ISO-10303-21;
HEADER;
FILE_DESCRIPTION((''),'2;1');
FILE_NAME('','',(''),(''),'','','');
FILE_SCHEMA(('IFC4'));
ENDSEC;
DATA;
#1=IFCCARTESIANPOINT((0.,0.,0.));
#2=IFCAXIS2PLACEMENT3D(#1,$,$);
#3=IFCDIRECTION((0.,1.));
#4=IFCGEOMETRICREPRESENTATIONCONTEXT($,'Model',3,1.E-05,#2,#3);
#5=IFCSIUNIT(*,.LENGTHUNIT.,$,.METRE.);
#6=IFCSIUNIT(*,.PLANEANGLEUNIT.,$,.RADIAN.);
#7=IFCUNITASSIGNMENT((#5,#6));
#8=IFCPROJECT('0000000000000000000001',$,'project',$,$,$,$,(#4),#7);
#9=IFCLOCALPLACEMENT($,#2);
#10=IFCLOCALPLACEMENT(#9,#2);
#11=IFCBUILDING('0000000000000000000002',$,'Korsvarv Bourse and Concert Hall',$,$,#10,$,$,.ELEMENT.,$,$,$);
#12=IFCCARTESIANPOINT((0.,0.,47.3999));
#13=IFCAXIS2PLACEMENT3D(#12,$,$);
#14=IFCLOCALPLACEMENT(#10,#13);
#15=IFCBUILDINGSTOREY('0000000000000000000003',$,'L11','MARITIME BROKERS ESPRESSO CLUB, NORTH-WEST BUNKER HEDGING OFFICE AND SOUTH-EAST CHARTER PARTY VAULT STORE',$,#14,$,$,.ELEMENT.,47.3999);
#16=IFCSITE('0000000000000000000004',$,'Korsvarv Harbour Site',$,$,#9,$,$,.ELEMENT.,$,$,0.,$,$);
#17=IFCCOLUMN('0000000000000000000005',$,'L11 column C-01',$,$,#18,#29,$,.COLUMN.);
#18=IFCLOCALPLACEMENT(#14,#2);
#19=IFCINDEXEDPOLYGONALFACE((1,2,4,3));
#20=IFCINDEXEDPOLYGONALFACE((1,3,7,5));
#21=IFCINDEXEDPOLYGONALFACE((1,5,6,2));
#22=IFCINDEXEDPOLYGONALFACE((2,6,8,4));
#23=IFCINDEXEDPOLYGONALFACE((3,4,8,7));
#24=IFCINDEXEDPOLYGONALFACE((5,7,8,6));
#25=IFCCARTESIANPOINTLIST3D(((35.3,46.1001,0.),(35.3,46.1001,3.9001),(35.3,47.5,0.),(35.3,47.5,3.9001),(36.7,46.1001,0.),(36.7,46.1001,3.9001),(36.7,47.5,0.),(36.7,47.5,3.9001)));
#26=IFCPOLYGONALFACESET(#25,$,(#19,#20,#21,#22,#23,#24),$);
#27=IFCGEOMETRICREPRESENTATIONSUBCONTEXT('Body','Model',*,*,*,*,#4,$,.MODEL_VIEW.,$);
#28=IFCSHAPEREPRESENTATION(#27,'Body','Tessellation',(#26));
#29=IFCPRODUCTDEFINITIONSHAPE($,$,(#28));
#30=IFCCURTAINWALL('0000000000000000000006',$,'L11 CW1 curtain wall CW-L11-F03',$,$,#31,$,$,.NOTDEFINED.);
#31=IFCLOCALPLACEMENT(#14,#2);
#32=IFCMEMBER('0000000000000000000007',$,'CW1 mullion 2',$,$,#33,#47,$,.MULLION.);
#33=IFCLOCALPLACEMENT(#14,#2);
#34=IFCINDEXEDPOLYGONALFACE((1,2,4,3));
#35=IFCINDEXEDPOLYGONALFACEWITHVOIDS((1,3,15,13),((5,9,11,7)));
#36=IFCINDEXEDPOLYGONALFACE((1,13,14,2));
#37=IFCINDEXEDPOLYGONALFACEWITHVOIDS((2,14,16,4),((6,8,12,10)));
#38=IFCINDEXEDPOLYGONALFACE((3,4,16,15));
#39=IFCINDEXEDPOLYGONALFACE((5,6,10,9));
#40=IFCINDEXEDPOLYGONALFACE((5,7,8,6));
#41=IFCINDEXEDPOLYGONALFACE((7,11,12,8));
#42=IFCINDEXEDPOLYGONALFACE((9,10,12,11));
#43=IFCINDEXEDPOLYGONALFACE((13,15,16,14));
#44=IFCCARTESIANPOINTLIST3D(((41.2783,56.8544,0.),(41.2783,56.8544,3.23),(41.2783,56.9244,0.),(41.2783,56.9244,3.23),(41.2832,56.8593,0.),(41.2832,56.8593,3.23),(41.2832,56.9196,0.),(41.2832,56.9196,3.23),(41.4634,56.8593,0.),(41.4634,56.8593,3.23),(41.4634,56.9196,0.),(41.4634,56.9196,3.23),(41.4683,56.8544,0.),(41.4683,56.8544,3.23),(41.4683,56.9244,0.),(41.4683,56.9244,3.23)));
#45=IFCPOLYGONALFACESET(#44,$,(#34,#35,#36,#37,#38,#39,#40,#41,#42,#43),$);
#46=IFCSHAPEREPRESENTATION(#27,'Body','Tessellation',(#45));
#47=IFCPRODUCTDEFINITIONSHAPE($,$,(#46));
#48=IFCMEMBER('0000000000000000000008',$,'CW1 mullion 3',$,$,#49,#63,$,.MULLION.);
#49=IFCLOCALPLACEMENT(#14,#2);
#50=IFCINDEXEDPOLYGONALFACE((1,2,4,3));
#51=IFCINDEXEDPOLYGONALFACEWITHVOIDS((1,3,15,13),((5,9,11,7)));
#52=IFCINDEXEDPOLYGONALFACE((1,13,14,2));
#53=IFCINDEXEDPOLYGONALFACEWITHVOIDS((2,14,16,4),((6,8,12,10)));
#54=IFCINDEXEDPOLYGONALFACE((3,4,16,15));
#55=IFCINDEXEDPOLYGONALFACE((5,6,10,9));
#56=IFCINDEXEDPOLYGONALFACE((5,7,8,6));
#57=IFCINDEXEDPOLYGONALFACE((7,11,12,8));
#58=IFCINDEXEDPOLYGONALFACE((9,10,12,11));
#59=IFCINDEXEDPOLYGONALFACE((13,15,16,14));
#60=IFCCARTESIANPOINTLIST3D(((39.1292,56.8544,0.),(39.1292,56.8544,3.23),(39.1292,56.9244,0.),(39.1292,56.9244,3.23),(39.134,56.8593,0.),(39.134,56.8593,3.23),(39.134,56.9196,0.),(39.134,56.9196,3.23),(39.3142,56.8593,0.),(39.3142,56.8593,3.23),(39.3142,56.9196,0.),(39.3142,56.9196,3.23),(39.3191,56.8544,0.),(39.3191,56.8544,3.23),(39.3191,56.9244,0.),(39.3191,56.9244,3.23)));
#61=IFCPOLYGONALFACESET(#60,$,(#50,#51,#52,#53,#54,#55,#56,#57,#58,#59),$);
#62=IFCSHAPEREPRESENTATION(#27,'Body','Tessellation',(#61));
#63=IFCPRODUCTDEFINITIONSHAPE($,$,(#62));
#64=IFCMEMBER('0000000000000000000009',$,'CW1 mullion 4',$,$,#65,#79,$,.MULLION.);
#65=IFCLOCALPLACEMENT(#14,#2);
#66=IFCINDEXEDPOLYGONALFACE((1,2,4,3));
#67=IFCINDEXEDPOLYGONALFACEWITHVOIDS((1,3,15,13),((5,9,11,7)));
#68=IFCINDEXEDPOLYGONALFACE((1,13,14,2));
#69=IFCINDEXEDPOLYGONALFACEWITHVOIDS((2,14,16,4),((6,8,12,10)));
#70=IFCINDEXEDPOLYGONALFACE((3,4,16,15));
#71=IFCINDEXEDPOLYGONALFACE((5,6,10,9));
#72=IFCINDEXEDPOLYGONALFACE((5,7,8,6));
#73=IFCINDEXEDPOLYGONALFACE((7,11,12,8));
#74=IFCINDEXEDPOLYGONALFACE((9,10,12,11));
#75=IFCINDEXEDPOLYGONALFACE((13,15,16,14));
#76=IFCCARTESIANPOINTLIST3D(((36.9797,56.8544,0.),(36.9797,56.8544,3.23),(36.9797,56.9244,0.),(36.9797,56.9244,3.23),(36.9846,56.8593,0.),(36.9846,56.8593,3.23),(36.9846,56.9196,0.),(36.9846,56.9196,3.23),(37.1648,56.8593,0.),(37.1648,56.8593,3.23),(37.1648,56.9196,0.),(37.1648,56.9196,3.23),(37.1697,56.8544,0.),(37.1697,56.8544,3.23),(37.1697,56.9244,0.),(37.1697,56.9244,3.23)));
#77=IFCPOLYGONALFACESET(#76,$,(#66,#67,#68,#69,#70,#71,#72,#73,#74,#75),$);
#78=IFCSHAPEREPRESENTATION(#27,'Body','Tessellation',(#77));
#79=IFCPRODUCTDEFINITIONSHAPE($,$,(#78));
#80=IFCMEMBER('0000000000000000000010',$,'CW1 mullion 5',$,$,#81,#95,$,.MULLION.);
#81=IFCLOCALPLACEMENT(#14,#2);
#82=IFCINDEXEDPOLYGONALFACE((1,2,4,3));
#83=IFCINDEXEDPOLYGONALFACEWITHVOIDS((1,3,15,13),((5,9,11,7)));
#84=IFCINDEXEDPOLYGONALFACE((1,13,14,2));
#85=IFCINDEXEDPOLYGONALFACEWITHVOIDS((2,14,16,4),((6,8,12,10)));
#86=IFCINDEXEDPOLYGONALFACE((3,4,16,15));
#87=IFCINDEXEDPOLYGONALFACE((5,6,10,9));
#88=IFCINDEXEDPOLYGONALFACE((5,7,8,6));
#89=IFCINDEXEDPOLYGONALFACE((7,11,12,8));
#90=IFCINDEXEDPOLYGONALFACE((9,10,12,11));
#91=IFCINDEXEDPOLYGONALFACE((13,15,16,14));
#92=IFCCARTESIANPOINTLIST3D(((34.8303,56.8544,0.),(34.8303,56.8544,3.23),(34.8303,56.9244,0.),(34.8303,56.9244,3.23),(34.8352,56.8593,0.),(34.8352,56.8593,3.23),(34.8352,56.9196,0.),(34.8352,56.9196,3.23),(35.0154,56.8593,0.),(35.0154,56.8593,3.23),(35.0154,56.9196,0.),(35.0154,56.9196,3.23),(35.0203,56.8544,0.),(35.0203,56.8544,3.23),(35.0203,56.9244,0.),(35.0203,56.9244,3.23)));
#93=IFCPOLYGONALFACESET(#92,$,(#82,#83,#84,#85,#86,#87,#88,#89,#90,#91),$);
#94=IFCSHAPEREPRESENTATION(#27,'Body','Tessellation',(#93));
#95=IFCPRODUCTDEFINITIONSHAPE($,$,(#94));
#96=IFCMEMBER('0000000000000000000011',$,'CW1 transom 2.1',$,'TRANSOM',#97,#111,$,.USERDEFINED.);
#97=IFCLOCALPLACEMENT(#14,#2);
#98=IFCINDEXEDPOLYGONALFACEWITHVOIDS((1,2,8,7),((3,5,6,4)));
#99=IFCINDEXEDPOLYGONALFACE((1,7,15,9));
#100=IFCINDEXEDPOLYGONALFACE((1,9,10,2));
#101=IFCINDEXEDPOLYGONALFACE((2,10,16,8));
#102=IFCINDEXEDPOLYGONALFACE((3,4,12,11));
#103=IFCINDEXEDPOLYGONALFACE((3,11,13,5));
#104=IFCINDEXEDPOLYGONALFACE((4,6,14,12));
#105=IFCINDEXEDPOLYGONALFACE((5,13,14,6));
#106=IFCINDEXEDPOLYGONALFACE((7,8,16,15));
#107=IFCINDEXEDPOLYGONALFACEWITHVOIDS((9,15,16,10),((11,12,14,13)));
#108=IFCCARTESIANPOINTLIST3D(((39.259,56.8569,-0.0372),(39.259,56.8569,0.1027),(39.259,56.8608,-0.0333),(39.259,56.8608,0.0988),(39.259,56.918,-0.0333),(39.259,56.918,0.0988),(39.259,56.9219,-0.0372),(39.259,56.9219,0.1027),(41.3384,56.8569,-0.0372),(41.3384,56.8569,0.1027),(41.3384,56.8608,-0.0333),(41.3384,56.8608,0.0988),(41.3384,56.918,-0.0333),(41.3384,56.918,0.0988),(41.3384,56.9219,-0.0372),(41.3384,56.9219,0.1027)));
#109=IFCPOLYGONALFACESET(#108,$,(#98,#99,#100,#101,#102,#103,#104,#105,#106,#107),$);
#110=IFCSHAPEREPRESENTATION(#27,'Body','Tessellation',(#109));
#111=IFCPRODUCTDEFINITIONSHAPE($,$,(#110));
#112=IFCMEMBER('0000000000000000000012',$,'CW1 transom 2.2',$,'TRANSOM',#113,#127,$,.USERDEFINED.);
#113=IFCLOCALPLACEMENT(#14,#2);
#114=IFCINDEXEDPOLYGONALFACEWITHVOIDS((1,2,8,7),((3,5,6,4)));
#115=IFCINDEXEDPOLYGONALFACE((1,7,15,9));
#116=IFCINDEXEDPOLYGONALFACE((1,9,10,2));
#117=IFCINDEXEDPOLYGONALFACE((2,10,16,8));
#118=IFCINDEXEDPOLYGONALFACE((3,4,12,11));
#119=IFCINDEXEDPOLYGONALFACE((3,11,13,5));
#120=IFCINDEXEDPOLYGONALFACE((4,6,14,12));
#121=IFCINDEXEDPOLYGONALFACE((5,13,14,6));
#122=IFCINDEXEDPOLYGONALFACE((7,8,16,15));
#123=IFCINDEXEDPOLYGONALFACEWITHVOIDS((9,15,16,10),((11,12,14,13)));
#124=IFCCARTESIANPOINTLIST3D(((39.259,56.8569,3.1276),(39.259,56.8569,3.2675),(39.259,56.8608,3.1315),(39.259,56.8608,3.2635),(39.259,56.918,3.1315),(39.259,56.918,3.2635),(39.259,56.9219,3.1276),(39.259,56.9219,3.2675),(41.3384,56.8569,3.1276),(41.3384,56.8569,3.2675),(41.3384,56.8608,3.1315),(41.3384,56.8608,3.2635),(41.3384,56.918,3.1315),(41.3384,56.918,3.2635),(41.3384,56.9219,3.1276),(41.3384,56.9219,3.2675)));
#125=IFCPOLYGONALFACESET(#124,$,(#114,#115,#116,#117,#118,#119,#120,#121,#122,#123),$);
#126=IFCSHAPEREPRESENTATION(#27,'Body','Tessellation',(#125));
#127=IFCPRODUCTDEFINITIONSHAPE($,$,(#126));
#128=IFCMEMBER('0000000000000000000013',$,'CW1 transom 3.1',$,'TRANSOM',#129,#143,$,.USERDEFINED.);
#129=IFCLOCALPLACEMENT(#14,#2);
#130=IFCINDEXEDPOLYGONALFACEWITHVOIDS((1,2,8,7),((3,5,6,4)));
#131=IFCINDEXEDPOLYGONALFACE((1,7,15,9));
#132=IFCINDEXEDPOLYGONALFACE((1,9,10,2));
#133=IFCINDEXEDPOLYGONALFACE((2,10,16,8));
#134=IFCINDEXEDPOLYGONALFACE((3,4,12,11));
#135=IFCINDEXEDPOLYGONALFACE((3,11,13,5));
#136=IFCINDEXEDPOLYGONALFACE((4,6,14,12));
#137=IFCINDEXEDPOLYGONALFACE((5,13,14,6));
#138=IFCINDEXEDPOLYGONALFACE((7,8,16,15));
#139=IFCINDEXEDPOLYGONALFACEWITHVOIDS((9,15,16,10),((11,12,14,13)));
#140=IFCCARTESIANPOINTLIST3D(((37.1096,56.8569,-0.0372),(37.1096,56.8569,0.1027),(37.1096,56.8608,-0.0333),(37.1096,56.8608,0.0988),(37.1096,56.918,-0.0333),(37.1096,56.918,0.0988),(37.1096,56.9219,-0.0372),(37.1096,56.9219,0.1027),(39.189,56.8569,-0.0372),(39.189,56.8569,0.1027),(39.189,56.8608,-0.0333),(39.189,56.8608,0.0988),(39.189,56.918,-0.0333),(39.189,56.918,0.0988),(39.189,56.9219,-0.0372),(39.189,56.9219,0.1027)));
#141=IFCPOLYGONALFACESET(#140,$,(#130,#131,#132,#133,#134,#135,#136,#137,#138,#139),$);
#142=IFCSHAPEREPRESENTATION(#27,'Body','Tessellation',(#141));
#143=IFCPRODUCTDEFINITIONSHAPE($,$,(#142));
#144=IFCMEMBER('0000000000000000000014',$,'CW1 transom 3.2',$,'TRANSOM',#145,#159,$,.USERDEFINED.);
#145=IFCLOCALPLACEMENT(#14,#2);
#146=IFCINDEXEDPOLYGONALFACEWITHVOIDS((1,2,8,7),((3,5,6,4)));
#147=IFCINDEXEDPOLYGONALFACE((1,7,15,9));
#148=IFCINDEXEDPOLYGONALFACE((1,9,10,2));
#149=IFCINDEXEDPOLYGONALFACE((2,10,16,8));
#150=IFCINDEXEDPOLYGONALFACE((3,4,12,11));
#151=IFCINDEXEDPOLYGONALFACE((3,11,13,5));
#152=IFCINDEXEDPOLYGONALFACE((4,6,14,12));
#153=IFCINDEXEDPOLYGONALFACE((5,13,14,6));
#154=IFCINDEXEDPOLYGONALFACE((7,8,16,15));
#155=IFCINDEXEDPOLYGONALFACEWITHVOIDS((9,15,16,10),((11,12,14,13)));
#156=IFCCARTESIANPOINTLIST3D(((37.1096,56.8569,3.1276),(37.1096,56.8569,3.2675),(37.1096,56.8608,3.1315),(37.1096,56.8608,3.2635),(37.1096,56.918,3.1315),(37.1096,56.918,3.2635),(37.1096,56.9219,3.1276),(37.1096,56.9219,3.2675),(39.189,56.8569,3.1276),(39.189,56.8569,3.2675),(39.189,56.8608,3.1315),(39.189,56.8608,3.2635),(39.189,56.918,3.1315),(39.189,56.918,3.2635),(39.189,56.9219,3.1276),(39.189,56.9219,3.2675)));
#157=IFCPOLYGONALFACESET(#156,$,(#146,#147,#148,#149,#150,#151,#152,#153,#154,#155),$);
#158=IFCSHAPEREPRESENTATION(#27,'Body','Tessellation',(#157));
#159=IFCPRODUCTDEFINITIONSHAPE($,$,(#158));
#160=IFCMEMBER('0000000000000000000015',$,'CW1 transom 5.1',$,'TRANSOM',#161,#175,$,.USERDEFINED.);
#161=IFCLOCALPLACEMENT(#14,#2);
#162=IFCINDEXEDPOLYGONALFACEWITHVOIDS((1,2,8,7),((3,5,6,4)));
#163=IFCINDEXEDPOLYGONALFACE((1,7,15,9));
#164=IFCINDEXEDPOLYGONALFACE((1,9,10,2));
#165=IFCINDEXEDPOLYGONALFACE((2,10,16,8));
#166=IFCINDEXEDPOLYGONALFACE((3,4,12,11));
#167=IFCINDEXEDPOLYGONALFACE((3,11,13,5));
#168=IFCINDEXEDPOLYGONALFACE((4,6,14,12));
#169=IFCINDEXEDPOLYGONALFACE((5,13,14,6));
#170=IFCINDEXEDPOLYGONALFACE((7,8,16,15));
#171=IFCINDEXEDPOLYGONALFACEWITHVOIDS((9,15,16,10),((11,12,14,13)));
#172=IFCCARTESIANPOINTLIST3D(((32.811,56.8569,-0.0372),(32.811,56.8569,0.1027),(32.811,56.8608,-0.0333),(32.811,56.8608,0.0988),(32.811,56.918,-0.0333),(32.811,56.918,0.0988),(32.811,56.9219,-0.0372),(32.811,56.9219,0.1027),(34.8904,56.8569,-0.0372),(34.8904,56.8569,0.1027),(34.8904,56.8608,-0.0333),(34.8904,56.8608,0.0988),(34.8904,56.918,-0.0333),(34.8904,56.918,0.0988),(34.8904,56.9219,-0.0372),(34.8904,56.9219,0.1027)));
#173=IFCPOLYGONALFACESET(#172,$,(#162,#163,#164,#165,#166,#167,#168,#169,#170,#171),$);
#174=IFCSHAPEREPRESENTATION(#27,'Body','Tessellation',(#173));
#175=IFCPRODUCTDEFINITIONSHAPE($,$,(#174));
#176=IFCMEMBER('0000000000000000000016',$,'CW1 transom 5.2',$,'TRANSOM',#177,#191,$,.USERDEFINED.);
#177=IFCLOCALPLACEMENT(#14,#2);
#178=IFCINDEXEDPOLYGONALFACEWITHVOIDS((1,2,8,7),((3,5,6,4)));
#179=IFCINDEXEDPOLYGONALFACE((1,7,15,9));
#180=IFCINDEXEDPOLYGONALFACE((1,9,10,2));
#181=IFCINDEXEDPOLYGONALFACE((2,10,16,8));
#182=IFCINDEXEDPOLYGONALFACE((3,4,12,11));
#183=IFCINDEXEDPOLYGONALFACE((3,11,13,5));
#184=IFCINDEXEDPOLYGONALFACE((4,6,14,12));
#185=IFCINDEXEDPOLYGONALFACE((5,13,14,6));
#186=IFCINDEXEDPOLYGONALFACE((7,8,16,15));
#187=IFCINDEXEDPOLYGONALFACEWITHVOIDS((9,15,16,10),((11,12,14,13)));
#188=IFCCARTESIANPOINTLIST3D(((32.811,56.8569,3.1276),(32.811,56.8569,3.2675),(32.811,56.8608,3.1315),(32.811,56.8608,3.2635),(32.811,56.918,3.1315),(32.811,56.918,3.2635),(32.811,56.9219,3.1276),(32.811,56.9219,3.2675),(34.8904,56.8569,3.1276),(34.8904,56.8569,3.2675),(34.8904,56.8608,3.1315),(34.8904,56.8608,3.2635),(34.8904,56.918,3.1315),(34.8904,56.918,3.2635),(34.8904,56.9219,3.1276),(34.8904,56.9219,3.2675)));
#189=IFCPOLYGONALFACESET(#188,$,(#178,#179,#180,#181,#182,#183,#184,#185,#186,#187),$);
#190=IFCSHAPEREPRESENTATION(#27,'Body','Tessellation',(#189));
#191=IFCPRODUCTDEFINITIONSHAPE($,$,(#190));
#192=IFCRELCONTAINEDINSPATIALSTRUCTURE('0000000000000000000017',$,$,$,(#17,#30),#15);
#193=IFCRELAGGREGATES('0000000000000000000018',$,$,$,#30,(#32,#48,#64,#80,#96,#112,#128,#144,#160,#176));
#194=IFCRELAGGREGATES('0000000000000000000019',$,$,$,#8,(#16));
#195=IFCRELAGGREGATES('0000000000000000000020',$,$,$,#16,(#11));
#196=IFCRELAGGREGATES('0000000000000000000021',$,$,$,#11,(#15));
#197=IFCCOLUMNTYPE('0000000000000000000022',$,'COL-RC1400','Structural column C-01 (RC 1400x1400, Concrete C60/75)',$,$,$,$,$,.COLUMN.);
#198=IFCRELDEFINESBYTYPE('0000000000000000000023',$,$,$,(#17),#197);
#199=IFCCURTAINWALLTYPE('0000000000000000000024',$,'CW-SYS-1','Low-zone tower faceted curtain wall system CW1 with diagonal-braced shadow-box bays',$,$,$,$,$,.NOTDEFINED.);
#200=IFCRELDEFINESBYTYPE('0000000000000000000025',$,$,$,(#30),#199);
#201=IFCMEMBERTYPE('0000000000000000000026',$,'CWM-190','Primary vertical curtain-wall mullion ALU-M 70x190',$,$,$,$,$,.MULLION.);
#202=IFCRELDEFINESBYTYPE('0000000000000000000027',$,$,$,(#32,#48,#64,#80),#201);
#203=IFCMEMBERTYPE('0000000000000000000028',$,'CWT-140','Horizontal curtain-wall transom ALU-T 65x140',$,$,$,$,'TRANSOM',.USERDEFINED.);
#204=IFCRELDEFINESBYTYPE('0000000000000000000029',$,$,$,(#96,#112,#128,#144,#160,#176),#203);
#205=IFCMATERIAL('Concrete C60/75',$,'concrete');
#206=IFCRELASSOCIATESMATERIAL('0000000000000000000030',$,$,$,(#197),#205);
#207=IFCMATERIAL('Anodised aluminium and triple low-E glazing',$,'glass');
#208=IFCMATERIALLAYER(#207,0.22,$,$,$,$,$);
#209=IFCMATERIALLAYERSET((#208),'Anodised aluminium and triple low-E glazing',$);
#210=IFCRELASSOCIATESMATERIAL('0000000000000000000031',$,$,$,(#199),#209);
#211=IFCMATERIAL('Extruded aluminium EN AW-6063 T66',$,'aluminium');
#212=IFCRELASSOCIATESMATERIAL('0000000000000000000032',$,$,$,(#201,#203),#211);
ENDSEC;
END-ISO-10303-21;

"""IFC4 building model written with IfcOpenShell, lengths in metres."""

from ifc_helpers import new_model, si_unit, direction, frame, origin, origin_2d, place, context, subcontext, project, spatial, rectangle, hollow_rectangle, extrude, source, transform, mapped, material, layer, layer_set, material_profile, profile_set, type_object, element, aggregate, save


model = new_model("IFC4")

# Units and contexts
model_context = context("Model", 3, precision=1e-05, world=origin(), true_north=direction((0.0, 1.0)))
body_context = subcontext(model_context, "Body", "Model", "MODEL_VIEW")
ifc_project = project(units=[si_unit("LENGTHUNIT", "METRE"), si_unit("PLANEANGLEUNIT", "RADIAN")], contexts=[model_context])

# Site, building, storey
site_placement = place(None, origin())
site = spatial("IfcSite", under=ifc_project, at=site_placement, Name="Korsvarv Harbour Site", CompositionType="ELEMENT", RefElevation=0.0)
building_placement = place(site_placement, origin())
building = spatial("IfcBuilding", under=site, at=building_placement, Name="Korsvarv Bourse and Concert Hall", CompositionType="ELEMENT")
storey_placement = place(building_placement, frame((0.0, 0.0, 47.3999)))
storey = spatial("IfcBuildingStorey", under=building, at=storey_placement, Name="L11", Description="MARITIME BROKERS ESPRESSO CLUB, NORTH-WEST BUNKER HEDGING OFFICE AND SOUTH-EAST CHARTER PARTY VAULT STORE", CompositionType="ELEMENT", Elevation=47.3999)

# Column
ifc_material_1 = material(Name="Concrete C60/75", Category="concrete")
ifc_material_profile_1 = material_profile(ifc_material_1, rectangle(XDim=1.3999, YDim=1.3999, at=origin_2d()), Name="RC 1400x1400")
ifc_profile_set_1 = profile_set([ifc_material_profile_1], Name="Concrete C60/75")
column_type = type_object("IfcColumnType", Name="COL-RC1400", Description="Structural column C-01 (RC 1400x1400, Concrete C60/75)", PredefinedType="COLUMN", material=ifc_profile_set_1)
shared_shape_1 = source(origin(), body_context, "Body", "SweptSolid", [
    extrude(rectangle(XDim=1.3999, YDim=1.3999, at=origin_2d()), origin(), (0.0, 0.0, 1.0), 3.9001),
])
column_placement = place(storey_placement, frame((36.0, 46.8, 0.0), z_axis=(0.0, 0.0, 1.0), x_axis=(1.0, 0.0, 0.0)))
element("IfcColumn", 1, at=column_placement, inside=storey, type_object=column_type, Name="L11 column C-01", PredefinedType="COLUMN", context=body_context, shape_type="MappedRepresentation", body=[
    mapped(shared_shape_1, transform((0.0, 0.0, 0.0), scale=1.0)),
])

# Curtain wall, members
ifc_material_2 = material(Name="Anodised aluminium and triple low-E glazing", Category="glass")
ifc_layer_1 = layer(ifc_material_2, 0.22)
ifc_layer_set_1 = layer_set([ifc_layer_1], Name="Anodised aluminium and triple low-E glazing")
curtain_wall_type = type_object("IfcCurtainWallType", Name="CW-SYS-1", Description="Low-zone tower faceted curtain wall system CW1 with diagonal-braced shadow-box bays", PredefinedType="NOTDEFINED", material=ifc_layer_set_1)
curtain_wall_placement = place(storey_placement, origin())
curtain_wall = element("IfcCurtainWall", 2, at=curtain_wall_placement, inside=storey, type_object=curtain_wall_type, Name="L11 CW1 curtain wall CW-L11-F03", PredefinedType="NOTDEFINED")
ifc_material_3 = material(Name="Extruded aluminium EN AW-6063 T66", Category="aluminium")
ifc_material_profile_2 = material_profile(ifc_material_3, hollow_rectangle(XDim=0.0701, YDim=0.1899, WallThickness=0.0049, at=origin_2d()), Name="ALU-M 70x190")
ifc_profile_set_2 = profile_set([ifc_material_profile_2], Name="Extruded aluminium EN AW-6063 T66")
member_type_1 = type_object("IfcMemberType", Name="CWM-190", Description="Primary vertical curtain-wall mullion ALU-M 70x190", PredefinedType="MULLION", material=ifc_profile_set_2)
shared_shape_2 = source(origin(), body_context, "Body", "SweptSolid", [
    extrude(hollow_rectangle(XDim=0.0701, YDim=0.1899, WallThickness=0.0049, at=origin_2d()), origin(), (0.0, 0.0, 1.0), 3.23),
])
member_1_placement = place(storey_placement, frame((41.3733, 56.8894, 0.0), z_axis=(0.0, 0.0, 1.0), x_axis=(0.0, -1.0, 0.0)))
member_1 = element("IfcMember", 3, at=member_1_placement, type_object=member_type_1, Name="CW1 mullion 2", PredefinedType="MULLION", context=body_context, shape_type="MappedRepresentation", body=[
    mapped(shared_shape_2, transform((0.0, 0.0, 0.0), scale=1.0)),
])
member_2_placement = place(storey_placement, frame((39.2241, 56.8894, 0.0), z_axis=(0.0, 0.0, 1.0), x_axis=(0.0, -1.0, 0.0)))
member_2 = element("IfcMember", 4, at=member_2_placement, type_object=member_type_1, Name="CW1 mullion 3", PredefinedType="MULLION", context=body_context, shape_type="MappedRepresentation", body=[
    mapped(shared_shape_2, transform((0.0, 0.0, 0.0), scale=1.0)),
])
member_3_placement = place(storey_placement, frame((37.0747, 56.8894, 0.0), z_axis=(0.0, 0.0, 1.0), x_axis=(0.0, -1.0, 0.0)))
member_3 = element("IfcMember", 5, at=member_3_placement, type_object=member_type_1, Name="CW1 mullion 4", PredefinedType="MULLION", context=body_context, shape_type="MappedRepresentation", body=[
    mapped(shared_shape_2, transform((0.0, 0.0, 0.0), scale=1.0)),
])
member_4_placement = place(storey_placement, frame((34.9253, 56.8894, 0.0), z_axis=(0.0, 0.0, 1.0), x_axis=(0.0, -1.0, 0.0)))
member_4 = element("IfcMember", 6, at=member_4_placement, type_object=member_type_1, Name="CW1 mullion 5", PredefinedType="MULLION", context=body_context, shape_type="MappedRepresentation", body=[
    mapped(shared_shape_2, transform((0.0, 0.0, 0.0), scale=1.0)),
])
ifc_material_profile_3 = material_profile(ifc_material_3, hollow_rectangle(XDim=0.0649, YDim=0.1399, WallThickness=0.0039, at=origin_2d()), Name="ALU-T 65x140")
ifc_profile_set_3 = profile_set([ifc_material_profile_3], Name="Extruded aluminium EN AW-6063 T66")
member_type_2 = type_object("IfcMemberType", Name="CWT-140", Description="Horizontal curtain-wall transom ALU-T 65x140", ElementType="TRANSOM", PredefinedType="USERDEFINED", material=ifc_profile_set_3)
shared_shape_3 = source(origin(), body_context, "Body", "SweptSolid", [
    extrude(hollow_rectangle(XDim=0.0649, YDim=0.1399, WallThickness=0.0039, at=origin_2d()), origin(), (0.0, 0.0, 1.0), 2.0793),
])
member_5_placement = place(storey_placement, frame((41.3384, 56.8894, 0.0327), z_axis=(-1.0, 0.0, 0.0), x_axis=(0.0, -1.0, 0.0)))
member_5 = element("IfcMember", 7, at=member_5_placement, type_object=member_type_2, Name="CW1 transom 2.1", ObjectType="TRANSOM", PredefinedType="USERDEFINED", context=body_context, shape_type="MappedRepresentation", body=[
    mapped(shared_shape_3, transform((0.0, 0.0, 0.0), scale=1.0)),
])
member_6_placement = place(storey_placement, frame((41.3384, 56.8894, 3.1975), z_axis=(-1.0, 0.0, 0.0), x_axis=(0.0, -1.0, 0.0)))
member_6 = element("IfcMember", 8, at=member_6_placement, type_object=member_type_2, Name="CW1 transom 2.2", ObjectType="TRANSOM", PredefinedType="USERDEFINED", context=body_context, shape_type="MappedRepresentation", body=[
    mapped(shared_shape_3, transform((0.0, 0.0, 0.0), scale=1.0)),
])
member_7_placement = place(storey_placement, frame((39.189, 56.8894, 0.0327), z_axis=(-1.0, 0.0, 0.0), x_axis=(0.0, -1.0, 0.0)))
member_7 = element("IfcMember", 9, at=member_7_placement, type_object=member_type_2, Name="CW1 transom 3.1", ObjectType="TRANSOM", PredefinedType="USERDEFINED", context=body_context, shape_type="MappedRepresentation", body=[
    mapped(shared_shape_3, transform((0.0, 0.0, 0.0), scale=1.0)),
])
member_8_placement = place(storey_placement, frame((39.189, 56.8894, 3.1975), z_axis=(-1.0, 0.0, 0.0), x_axis=(0.0, -1.0, 0.0)))
member_8 = element("IfcMember", 10, at=member_8_placement, type_object=member_type_2, Name="CW1 transom 3.2", ObjectType="TRANSOM", PredefinedType="USERDEFINED", context=body_context, shape_type="MappedRepresentation", body=[
    mapped(shared_shape_3, transform((0.0, 0.0, 0.0), scale=1.0)),
])
member_9_placement = place(storey_placement, frame((34.8904, 56.8894, 0.0327), z_axis=(-1.0, 0.0, 0.0), x_axis=(0.0, -1.0, 0.0)))
member_9 = element("IfcMember", 11, at=member_9_placement, type_object=member_type_2, Name="CW1 transom 5.1", ObjectType="TRANSOM", PredefinedType="USERDEFINED", context=body_context, shape_type="MappedRepresentation", body=[
    mapped(shared_shape_3, transform((0.0, 0.0, 0.0), scale=1.0)),
])
member_10_placement = place(storey_placement, frame((34.8904, 56.8894, 3.1975), z_axis=(-1.0, 0.0, 0.0), x_axis=(0.0, -1.0, 0.0)))
member_10 = element("IfcMember", 12, at=member_10_placement, type_object=member_type_2, Name="CW1 transom 5.2", ObjectType="TRANSOM", PredefinedType="USERDEFINED", context=body_context, shape_type="MappedRepresentation", body=[
    mapped(shared_shape_3, transform((0.0, 0.0, 0.0), scale=1.0)),
])
aggregate(curtain_wall, [member_1, member_2, member_3, member_4, member_5, member_6, member_7, member_8, member_9, member_10])

save(model, "model.ifc")
